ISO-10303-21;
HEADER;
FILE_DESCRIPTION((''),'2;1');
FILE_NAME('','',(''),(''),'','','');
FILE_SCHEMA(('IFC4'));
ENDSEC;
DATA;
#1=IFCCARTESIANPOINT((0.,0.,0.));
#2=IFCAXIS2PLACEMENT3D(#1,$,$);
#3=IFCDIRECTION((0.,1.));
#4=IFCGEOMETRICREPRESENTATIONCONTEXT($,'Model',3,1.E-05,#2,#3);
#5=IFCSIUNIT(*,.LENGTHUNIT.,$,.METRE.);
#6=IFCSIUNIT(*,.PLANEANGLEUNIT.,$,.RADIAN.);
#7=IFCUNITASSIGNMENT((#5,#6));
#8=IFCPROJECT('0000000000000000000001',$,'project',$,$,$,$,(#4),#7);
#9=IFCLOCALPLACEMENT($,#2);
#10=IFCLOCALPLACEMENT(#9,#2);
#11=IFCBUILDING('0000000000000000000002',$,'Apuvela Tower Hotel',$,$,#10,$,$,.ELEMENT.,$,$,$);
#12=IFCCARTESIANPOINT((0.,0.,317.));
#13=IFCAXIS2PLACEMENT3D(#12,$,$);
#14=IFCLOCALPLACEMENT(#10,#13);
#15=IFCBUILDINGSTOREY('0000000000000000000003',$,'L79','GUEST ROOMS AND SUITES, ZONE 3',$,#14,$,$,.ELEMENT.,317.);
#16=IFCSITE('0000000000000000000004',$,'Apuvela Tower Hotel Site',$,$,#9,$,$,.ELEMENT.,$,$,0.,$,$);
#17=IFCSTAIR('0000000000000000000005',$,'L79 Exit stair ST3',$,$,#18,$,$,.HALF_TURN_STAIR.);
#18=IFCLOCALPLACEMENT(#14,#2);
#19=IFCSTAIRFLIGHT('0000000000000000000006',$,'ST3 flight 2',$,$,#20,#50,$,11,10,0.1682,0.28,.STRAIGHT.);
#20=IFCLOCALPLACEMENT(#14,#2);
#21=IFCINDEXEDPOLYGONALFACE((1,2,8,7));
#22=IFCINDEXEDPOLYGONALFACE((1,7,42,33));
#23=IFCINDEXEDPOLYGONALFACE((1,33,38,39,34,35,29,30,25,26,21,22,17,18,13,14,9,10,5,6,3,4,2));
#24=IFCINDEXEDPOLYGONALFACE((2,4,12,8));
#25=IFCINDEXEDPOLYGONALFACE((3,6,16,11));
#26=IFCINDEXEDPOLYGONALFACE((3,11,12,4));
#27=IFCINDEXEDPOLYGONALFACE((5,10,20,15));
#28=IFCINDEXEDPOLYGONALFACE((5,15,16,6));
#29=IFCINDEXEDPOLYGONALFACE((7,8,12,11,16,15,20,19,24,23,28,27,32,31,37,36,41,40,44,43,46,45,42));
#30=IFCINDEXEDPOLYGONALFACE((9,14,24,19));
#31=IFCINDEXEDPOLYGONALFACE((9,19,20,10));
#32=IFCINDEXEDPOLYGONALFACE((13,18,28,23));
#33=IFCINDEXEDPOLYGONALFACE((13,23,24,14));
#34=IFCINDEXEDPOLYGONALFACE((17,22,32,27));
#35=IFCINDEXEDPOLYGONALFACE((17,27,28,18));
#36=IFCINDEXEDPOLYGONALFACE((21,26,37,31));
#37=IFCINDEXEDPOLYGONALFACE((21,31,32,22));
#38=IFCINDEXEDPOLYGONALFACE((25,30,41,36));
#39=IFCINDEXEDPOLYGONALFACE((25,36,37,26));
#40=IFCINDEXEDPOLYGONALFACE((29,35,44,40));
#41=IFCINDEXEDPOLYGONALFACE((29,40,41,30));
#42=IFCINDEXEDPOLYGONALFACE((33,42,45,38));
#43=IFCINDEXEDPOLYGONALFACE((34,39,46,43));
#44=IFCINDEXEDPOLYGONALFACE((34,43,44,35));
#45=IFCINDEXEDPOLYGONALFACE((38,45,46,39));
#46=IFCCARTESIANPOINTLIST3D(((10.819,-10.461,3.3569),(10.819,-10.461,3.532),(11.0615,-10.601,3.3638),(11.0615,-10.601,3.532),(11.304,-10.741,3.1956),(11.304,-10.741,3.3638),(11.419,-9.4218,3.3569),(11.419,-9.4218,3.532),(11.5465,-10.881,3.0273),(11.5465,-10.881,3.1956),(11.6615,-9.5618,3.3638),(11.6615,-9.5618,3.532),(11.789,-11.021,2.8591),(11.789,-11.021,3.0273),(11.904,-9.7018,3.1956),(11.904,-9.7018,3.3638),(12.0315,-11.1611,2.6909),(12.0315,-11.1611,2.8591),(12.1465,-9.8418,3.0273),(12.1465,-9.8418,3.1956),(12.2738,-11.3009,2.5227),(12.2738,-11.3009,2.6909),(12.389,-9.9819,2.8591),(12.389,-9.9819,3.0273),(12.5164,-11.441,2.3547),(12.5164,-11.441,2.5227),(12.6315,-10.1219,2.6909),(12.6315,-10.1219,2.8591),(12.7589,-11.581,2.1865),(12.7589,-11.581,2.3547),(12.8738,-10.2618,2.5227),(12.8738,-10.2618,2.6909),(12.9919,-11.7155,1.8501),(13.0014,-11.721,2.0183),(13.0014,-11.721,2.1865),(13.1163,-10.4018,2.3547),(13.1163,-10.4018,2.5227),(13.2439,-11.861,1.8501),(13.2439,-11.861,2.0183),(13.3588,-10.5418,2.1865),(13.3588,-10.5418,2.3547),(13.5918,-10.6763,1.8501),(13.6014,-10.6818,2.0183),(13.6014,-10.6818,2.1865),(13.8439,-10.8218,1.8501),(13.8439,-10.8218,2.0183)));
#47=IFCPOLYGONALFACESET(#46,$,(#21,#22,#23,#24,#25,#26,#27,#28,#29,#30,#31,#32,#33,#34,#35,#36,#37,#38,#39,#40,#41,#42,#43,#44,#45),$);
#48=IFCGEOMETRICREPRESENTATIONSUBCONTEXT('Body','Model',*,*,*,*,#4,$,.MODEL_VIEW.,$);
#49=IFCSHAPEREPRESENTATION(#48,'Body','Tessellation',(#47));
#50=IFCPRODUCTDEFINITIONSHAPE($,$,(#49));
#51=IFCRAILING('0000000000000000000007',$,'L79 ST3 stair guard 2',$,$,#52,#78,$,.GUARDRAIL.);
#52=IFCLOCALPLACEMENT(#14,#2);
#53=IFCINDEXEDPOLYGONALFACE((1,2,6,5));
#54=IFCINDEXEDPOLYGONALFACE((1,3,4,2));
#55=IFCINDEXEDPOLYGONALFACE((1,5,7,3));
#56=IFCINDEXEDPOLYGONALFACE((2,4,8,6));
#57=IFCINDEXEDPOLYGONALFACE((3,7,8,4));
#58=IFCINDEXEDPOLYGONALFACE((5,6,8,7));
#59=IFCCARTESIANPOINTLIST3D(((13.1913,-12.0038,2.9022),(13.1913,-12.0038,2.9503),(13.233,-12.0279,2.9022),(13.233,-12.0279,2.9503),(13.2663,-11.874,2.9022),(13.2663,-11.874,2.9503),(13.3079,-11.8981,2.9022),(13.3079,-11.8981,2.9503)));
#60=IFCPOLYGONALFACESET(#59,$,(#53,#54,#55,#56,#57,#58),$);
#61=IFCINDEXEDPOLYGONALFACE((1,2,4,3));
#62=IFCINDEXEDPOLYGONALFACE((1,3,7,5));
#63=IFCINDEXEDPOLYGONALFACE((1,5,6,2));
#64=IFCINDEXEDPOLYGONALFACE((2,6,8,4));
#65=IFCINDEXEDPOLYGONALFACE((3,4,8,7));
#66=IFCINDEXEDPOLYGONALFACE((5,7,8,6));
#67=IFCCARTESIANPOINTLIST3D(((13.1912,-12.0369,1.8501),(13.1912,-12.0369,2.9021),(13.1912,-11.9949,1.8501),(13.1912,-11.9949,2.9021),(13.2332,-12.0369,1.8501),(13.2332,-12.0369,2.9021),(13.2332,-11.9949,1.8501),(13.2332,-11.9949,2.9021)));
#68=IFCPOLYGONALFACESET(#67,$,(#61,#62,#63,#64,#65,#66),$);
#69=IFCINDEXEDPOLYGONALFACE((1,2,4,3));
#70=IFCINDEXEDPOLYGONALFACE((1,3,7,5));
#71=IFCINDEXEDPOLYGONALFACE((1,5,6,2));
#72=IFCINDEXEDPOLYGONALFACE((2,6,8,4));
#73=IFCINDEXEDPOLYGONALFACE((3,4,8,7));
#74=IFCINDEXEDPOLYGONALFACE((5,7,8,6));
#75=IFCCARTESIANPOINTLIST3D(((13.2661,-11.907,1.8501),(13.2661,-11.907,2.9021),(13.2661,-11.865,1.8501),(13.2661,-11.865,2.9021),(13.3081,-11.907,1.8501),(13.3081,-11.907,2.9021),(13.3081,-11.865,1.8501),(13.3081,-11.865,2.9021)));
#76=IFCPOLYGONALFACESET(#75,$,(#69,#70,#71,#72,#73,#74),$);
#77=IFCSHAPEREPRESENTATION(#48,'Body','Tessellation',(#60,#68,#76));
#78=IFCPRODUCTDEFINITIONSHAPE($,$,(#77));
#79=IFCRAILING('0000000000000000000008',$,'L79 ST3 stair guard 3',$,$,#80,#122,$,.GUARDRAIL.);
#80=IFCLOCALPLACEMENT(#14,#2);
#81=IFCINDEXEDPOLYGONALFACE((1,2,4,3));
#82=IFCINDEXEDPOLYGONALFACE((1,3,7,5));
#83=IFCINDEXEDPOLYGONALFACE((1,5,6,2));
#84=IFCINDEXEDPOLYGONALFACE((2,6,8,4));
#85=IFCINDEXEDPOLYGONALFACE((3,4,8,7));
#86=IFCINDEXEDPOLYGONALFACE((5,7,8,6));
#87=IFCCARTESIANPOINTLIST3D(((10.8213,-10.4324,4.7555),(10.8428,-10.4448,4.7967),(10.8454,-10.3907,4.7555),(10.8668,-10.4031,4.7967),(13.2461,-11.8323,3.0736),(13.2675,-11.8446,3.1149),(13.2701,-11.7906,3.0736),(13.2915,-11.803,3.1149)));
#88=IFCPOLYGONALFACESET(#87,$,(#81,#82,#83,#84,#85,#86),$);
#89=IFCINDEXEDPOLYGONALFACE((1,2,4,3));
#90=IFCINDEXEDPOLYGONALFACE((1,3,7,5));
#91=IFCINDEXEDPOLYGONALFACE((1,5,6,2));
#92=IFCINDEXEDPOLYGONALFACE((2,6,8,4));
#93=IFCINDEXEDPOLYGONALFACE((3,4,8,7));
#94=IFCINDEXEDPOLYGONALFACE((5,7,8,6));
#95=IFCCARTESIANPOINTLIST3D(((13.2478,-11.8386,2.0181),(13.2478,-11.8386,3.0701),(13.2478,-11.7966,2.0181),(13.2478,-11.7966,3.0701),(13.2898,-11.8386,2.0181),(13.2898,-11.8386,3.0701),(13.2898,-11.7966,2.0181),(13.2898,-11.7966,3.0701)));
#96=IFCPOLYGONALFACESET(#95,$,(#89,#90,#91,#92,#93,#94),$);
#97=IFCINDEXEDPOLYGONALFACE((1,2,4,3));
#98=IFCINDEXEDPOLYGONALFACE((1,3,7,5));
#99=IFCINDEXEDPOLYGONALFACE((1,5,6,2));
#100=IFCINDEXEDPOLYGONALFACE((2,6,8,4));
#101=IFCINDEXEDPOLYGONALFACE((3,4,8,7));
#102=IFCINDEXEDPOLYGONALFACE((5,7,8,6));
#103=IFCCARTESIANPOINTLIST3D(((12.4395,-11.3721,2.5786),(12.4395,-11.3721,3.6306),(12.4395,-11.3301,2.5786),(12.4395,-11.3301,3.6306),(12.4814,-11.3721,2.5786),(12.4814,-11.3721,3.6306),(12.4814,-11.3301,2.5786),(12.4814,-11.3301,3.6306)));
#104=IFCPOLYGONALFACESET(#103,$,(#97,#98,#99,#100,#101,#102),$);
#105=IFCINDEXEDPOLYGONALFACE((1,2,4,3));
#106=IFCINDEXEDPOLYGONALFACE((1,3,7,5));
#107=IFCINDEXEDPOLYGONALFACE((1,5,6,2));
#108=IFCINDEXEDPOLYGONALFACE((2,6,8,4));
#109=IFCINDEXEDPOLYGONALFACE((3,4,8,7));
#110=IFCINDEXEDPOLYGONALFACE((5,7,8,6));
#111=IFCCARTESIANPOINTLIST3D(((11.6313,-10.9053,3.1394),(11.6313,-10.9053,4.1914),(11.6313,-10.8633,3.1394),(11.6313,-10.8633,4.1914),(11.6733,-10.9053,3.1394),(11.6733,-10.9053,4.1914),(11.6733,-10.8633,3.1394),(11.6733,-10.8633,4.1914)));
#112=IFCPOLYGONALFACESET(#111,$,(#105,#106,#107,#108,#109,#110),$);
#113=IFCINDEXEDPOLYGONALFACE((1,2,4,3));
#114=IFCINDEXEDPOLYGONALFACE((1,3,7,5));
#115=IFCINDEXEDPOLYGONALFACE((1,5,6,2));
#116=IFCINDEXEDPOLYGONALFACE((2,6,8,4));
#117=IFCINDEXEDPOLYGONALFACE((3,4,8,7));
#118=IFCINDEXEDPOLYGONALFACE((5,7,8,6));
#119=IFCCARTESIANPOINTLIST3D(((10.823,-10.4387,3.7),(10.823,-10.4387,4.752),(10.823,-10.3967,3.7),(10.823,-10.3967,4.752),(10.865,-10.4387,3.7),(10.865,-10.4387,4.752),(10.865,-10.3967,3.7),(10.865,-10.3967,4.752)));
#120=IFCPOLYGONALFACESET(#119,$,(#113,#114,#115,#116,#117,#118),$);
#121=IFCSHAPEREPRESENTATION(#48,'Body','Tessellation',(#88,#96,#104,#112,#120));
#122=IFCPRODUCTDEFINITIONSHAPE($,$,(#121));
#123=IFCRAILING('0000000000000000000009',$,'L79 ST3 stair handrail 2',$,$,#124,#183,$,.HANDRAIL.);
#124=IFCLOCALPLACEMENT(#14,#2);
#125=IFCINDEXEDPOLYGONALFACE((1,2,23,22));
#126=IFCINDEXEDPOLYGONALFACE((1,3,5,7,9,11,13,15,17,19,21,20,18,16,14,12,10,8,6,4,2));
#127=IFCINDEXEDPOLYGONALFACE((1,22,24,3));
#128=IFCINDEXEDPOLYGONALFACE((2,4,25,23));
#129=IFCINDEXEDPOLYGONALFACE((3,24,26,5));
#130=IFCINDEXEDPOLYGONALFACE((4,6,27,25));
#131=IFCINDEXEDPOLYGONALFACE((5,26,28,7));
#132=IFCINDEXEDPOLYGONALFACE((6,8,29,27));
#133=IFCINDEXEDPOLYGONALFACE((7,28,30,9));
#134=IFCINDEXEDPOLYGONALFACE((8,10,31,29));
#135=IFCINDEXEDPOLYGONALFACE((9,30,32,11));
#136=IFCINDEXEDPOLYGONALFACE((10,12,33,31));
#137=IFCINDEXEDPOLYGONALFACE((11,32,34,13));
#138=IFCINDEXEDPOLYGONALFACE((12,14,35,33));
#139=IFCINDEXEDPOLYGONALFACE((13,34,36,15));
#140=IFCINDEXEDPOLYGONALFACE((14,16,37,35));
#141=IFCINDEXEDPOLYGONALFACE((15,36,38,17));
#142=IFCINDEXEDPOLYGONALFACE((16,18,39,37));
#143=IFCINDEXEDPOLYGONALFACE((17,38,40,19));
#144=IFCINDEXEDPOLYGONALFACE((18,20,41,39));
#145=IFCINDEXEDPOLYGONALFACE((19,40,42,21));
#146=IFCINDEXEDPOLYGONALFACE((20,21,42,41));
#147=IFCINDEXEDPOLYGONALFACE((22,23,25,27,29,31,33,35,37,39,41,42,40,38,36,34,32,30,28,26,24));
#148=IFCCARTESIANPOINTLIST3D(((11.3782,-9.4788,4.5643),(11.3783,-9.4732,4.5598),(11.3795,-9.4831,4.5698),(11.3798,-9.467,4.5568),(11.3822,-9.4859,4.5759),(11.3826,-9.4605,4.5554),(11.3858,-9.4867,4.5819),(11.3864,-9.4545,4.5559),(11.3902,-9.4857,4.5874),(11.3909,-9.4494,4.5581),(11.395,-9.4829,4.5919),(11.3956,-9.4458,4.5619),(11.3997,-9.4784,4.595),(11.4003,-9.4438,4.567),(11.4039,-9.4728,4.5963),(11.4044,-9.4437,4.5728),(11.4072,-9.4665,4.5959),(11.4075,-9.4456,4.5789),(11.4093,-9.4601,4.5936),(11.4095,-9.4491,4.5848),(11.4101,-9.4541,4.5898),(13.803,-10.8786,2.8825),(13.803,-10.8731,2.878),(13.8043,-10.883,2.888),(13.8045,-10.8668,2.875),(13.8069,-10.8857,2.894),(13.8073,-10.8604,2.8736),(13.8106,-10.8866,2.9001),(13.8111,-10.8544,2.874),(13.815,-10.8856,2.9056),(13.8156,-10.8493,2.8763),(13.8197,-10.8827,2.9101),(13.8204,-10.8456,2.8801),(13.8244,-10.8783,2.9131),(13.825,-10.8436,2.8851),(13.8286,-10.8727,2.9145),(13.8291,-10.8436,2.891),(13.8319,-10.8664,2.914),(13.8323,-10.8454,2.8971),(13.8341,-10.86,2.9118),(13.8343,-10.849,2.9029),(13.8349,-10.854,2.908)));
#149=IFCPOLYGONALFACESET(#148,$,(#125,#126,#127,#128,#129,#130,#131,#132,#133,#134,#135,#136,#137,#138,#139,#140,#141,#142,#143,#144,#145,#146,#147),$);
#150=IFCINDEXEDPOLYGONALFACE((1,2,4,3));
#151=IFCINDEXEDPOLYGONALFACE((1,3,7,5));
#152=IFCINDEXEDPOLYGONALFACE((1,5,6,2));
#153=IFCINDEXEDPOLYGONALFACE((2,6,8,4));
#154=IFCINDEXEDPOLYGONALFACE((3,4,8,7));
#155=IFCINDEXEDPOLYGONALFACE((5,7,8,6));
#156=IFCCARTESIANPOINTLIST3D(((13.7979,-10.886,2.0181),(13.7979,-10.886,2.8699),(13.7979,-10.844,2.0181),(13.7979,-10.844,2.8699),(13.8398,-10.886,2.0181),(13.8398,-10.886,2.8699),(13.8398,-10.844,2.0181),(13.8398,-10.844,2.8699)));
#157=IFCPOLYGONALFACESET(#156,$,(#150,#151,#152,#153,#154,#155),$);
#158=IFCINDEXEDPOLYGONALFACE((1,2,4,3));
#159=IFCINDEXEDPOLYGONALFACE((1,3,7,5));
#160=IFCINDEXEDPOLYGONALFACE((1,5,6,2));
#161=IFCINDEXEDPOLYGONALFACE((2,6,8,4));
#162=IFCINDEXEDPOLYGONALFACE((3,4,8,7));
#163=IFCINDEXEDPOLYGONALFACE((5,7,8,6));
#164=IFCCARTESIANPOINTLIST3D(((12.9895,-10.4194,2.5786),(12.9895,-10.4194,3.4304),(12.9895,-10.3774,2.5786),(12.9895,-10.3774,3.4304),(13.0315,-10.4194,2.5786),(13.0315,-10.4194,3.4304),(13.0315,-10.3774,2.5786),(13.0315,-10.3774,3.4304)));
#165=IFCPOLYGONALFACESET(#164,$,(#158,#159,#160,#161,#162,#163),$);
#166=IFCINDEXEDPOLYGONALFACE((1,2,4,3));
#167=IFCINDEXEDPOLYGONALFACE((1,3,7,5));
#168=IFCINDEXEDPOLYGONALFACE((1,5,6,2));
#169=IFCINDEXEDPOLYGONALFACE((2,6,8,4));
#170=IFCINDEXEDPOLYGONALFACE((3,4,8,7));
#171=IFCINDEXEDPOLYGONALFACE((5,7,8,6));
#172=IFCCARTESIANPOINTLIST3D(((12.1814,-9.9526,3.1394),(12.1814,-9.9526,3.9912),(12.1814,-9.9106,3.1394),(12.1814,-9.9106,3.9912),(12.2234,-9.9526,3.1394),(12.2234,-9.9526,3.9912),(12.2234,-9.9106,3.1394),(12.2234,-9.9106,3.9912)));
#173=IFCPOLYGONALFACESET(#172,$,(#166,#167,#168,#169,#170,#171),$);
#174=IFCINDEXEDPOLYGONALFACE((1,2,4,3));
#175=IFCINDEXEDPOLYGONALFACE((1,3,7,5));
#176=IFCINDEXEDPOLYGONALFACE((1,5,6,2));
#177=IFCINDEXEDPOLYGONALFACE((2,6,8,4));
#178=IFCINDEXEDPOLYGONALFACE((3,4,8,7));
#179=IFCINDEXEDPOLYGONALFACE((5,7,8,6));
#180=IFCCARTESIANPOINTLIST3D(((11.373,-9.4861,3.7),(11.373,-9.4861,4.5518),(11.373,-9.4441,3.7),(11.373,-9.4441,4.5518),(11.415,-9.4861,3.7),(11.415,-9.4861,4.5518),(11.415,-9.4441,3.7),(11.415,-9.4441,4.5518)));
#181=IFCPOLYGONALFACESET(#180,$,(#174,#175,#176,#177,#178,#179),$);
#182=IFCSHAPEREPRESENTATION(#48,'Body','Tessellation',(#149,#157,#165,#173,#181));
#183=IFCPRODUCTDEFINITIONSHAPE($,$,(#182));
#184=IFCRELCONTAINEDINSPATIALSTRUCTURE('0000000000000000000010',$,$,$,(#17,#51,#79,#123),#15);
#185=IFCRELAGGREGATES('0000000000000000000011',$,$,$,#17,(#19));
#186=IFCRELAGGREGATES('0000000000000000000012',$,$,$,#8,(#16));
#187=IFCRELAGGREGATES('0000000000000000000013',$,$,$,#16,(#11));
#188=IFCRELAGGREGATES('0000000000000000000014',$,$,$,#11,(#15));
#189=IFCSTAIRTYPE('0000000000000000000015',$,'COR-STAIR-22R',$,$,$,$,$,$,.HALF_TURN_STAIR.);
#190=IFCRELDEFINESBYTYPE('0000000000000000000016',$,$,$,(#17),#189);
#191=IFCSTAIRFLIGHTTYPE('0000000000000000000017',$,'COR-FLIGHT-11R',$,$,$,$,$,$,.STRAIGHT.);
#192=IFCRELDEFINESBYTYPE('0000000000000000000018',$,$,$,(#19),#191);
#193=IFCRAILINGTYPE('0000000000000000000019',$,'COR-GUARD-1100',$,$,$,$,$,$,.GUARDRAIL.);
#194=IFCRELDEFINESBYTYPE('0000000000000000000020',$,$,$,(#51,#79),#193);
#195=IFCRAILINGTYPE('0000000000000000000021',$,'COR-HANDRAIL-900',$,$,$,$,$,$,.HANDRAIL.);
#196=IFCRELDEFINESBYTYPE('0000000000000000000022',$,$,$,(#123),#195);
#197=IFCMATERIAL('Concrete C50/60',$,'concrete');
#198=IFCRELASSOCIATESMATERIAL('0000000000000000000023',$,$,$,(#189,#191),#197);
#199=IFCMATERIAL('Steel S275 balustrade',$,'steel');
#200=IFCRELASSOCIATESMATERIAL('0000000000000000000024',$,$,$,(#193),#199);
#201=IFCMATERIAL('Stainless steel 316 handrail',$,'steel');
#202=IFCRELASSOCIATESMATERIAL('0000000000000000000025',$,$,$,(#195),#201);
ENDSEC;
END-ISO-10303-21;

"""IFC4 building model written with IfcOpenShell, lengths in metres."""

from ifc_helpers import new_model, si_unit, direction, frame, origin, origin_2d, place, context, subcontext, project, spatial, polyline, rectangle, circle, outline, extrude, material, type_object, element, aggregate, save


model = new_model("IFC4")

# Units and contexts
model_context = context("Model", 3, precision=1e-05, world=origin(), true_north=direction((0.0, 1.0)))
body_context = subcontext(model_context, "Body", "Model", "MODEL_VIEW")
ifc_project = project(units=[si_unit("LENGTHUNIT", "METRE"), si_unit("PLANEANGLEUNIT", "RADIAN")], contexts=[model_context])

# Site, building, storey
site_placement = place(None, origin())
site = spatial("IfcSite", under=ifc_project, at=site_placement, Name="Apuvela Tower Hotel Site", CompositionType="ELEMENT", RefElevation=0.0)
building_placement = place(site_placement, origin())
building = spatial("IfcBuilding", under=site, at=building_placement, Name="Apuvela Tower Hotel", CompositionType="ELEMENT")
storey_placement = place(building_placement, frame((0.0, 0.0, 317.0)))
storey = spatial("IfcBuildingStorey", under=building, at=storey_placement, Name="L79", Description="GUEST ROOMS AND SUITES, ZONE 3", CompositionType="ELEMENT", Elevation=317.0)

# Shared definitions
ifc_material_1 = material(Name="Concrete C50/60", Category="concrete")

# Stair, stair flight
stair_type = type_object("IfcStairType", Name="COR-STAIR-22R", PredefinedType="HALF_TURN_STAIR", material=ifc_material_1)
stair_placement = place(storey_placement, origin())
stair = element("IfcStair", 1, at=stair_placement, inside=storey, type_object=stair_type, Name="L79 Exit stair ST3", PredefinedType="HALF_TURN_STAIR")
stair_flight_type = type_object("IfcStairFlightType", Name="COR-FLIGHT-11R", PredefinedType="STRAIGHT", material=ifc_material_1)
stair_flight_placement = place(storey_placement, frame((13.5439, -11.3413, 1.8501), z_axis=(0.0, 0.0, 1.0), x_axis=(-0.866025, 0.5, 0.0)))
stair_flight = element("IfcStairFlight", 2, at=stair_flight_placement, type_object=stair_flight_type, Name="ST3 flight 2", NumberOfRisers=11, NumberOfTreads=10, PredefinedType="STRAIGHT", RiserHeight=0.1682, TreadLength=0.28, context=body_context, shape_type="SweptSolid", body=[
    extrude(outline(polyline([(0.0, 0.0), (0.0, 0.1682), (0.28, 0.1682), (0.28, 0.3364), (0.5601, 0.3364), (0.5601, 0.5046), (0.8401, 0.5046), (0.8401, 0.6726), (1.1201, 0.6726), (1.1201, 0.8408), (1.3999, 0.8408), (1.3999, 1.009), (1.6799, 1.009), (1.6799, 1.1772), (1.96, 1.1772), (1.96, 1.3455), (2.24, 1.3455), (2.24, 1.5137), (2.52, 1.5137), (2.52, 1.6819), (2.8, 1.6819), (2.8, 1.8501), (2.8, 1.5068), (0.291, 0.0), (0.0, 0.0)])), frame((0.0, 0.6001, 0.0), z_axis=(0.0, -1.0, 0.0), x_axis=(1.0, 0.0, 0.0)), (0.0, 0.0, 1.0), 1.2),
])
aggregate(stair, [stair_flight])

# Railings
ifc_material_2 = material(Name="Steel S275 balustrade", Category="steel")
railing_type_1 = type_object("IfcRailingType", Name="COR-GUARD-1100", PredefinedType="GUARDRAIL", material=ifc_material_2)
railing_1_placement = place(storey_placement, frame((13.2122, -12.0159, 1.8501)))
element("IfcRailing", 3, at=railing_1_placement, inside=storey, type_object=railing_type_1, Name="L79 ST3 stair guard 2", PredefinedType="GUARDRAIL", context=body_context, shape_type="SweptSolid", body=[
    extrude(rectangle(XDim=0.0481, YDim=0.0481, at=origin_2d()), frame((0.0, 0.0, 1.0762), z_axis=(0.499816, 0.866131, 0.0), x_axis=(-0.866131, 0.499816, 0.0)), (0.0, 0.0, 1.0), 0.1499),
    extrude(rectangle(XDim=0.042, YDim=0.042, at=origin_2d()), origin(), (0.0, 0.0, 1.0), 1.052),
    extrude(rectangle(XDim=0.042, YDim=0.042, at=origin_2d()), frame((0.075, 0.1299, 0.0)), (0.0, 0.0, 1.0), 1.052),
])
railing_2_placement = place(storey_placement, frame((13.2688, -11.8176, 2.0181)))
element("IfcRailing", 4, at=railing_2_placement, inside=storey, type_object=railing_type_1, Name="L79 ST3 stair guard 3", PredefinedType="GUARDRAIL", context=body_context, shape_type="SweptSolid", body=[
    extrude(rectangle(XDim=0.0481, YDim=0.0481, at=origin_2d()), frame((0.0, 0.0, 1.0762), z_axis=(-0.74239, 0.428601, 0.514934), x_axis=(-0.499984, -0.866035, 0.0)), (0.0, 0.0, 1.0), 3.2661),
    extrude(rectangle(XDim=0.042, YDim=0.042, at=origin_2d()), origin(), (0.0, 0.0, 1.0), 1.052),
    extrude(rectangle(XDim=0.042, YDim=0.042, at=origin_2d()), frame((-0.8083, 0.4666, 0.5605)), (0.0, 0.0, 1.0), 1.052),
    extrude(rectangle(XDim=0.042, YDim=0.042, at=origin_2d()), frame((-1.6165, 0.9333, 1.1213)), (0.0, 0.0, 1.0), 1.052),
    extrude(rectangle(XDim=0.042, YDim=0.042, at=origin_2d()), frame((-2.4248, 1.3999, 1.6819)), (0.0, 0.0, 1.0), 1.052),
])
ifc_material_3 = material(Name="Stainless steel 316 handrail", Category="steel")
railing_type_2 = type_object("IfcRailingType", Name="COR-HANDRAIL-900", PredefinedType="HANDRAIL", material=ifc_material_3)
railing_3_placement = place(storey_placement, frame((13.8188, -10.865, 2.0181)))
element("IfcRailing", 5, at=railing_3_placement, inside=storey, type_object=railing_type_2, Name="L79 ST3 stair handrail 2", PredefinedType="HANDRAIL", context=body_context, shape_type="SweptSolid", body=[
    extrude(circle(Radius=0.0239, at=origin_2d()), frame((0.0, 0.0, 0.876), z_axis=(-0.74239, 0.428601, 0.514934), x_axis=(-0.499984, -0.866035, 0.0)), (0.0, 0.0, 1.0), 3.2661),
    extrude(rectangle(XDim=0.042, YDim=0.042, at=origin_2d()), origin(), (0.0, 0.0, 1.0), 0.8518),
    extrude(rectangle(XDim=0.042, YDim=0.042, at=origin_2d()), frame((-0.8083, 0.4666, 0.5605)), (0.0, 0.0, 1.0), 0.8518),
    extrude(rectangle(XDim=0.042, YDim=0.042, at=origin_2d()), frame((-1.6165, 0.9333, 1.1213)), (0.0, 0.0, 1.0), 0.8518),
    extrude(rectangle(XDim=0.042, YDim=0.042, at=origin_2d()), frame((-2.4248, 1.3999, 1.6819)), (0.0, 0.0, 1.0), 0.8518),
])

save(model, "model.ifc")
